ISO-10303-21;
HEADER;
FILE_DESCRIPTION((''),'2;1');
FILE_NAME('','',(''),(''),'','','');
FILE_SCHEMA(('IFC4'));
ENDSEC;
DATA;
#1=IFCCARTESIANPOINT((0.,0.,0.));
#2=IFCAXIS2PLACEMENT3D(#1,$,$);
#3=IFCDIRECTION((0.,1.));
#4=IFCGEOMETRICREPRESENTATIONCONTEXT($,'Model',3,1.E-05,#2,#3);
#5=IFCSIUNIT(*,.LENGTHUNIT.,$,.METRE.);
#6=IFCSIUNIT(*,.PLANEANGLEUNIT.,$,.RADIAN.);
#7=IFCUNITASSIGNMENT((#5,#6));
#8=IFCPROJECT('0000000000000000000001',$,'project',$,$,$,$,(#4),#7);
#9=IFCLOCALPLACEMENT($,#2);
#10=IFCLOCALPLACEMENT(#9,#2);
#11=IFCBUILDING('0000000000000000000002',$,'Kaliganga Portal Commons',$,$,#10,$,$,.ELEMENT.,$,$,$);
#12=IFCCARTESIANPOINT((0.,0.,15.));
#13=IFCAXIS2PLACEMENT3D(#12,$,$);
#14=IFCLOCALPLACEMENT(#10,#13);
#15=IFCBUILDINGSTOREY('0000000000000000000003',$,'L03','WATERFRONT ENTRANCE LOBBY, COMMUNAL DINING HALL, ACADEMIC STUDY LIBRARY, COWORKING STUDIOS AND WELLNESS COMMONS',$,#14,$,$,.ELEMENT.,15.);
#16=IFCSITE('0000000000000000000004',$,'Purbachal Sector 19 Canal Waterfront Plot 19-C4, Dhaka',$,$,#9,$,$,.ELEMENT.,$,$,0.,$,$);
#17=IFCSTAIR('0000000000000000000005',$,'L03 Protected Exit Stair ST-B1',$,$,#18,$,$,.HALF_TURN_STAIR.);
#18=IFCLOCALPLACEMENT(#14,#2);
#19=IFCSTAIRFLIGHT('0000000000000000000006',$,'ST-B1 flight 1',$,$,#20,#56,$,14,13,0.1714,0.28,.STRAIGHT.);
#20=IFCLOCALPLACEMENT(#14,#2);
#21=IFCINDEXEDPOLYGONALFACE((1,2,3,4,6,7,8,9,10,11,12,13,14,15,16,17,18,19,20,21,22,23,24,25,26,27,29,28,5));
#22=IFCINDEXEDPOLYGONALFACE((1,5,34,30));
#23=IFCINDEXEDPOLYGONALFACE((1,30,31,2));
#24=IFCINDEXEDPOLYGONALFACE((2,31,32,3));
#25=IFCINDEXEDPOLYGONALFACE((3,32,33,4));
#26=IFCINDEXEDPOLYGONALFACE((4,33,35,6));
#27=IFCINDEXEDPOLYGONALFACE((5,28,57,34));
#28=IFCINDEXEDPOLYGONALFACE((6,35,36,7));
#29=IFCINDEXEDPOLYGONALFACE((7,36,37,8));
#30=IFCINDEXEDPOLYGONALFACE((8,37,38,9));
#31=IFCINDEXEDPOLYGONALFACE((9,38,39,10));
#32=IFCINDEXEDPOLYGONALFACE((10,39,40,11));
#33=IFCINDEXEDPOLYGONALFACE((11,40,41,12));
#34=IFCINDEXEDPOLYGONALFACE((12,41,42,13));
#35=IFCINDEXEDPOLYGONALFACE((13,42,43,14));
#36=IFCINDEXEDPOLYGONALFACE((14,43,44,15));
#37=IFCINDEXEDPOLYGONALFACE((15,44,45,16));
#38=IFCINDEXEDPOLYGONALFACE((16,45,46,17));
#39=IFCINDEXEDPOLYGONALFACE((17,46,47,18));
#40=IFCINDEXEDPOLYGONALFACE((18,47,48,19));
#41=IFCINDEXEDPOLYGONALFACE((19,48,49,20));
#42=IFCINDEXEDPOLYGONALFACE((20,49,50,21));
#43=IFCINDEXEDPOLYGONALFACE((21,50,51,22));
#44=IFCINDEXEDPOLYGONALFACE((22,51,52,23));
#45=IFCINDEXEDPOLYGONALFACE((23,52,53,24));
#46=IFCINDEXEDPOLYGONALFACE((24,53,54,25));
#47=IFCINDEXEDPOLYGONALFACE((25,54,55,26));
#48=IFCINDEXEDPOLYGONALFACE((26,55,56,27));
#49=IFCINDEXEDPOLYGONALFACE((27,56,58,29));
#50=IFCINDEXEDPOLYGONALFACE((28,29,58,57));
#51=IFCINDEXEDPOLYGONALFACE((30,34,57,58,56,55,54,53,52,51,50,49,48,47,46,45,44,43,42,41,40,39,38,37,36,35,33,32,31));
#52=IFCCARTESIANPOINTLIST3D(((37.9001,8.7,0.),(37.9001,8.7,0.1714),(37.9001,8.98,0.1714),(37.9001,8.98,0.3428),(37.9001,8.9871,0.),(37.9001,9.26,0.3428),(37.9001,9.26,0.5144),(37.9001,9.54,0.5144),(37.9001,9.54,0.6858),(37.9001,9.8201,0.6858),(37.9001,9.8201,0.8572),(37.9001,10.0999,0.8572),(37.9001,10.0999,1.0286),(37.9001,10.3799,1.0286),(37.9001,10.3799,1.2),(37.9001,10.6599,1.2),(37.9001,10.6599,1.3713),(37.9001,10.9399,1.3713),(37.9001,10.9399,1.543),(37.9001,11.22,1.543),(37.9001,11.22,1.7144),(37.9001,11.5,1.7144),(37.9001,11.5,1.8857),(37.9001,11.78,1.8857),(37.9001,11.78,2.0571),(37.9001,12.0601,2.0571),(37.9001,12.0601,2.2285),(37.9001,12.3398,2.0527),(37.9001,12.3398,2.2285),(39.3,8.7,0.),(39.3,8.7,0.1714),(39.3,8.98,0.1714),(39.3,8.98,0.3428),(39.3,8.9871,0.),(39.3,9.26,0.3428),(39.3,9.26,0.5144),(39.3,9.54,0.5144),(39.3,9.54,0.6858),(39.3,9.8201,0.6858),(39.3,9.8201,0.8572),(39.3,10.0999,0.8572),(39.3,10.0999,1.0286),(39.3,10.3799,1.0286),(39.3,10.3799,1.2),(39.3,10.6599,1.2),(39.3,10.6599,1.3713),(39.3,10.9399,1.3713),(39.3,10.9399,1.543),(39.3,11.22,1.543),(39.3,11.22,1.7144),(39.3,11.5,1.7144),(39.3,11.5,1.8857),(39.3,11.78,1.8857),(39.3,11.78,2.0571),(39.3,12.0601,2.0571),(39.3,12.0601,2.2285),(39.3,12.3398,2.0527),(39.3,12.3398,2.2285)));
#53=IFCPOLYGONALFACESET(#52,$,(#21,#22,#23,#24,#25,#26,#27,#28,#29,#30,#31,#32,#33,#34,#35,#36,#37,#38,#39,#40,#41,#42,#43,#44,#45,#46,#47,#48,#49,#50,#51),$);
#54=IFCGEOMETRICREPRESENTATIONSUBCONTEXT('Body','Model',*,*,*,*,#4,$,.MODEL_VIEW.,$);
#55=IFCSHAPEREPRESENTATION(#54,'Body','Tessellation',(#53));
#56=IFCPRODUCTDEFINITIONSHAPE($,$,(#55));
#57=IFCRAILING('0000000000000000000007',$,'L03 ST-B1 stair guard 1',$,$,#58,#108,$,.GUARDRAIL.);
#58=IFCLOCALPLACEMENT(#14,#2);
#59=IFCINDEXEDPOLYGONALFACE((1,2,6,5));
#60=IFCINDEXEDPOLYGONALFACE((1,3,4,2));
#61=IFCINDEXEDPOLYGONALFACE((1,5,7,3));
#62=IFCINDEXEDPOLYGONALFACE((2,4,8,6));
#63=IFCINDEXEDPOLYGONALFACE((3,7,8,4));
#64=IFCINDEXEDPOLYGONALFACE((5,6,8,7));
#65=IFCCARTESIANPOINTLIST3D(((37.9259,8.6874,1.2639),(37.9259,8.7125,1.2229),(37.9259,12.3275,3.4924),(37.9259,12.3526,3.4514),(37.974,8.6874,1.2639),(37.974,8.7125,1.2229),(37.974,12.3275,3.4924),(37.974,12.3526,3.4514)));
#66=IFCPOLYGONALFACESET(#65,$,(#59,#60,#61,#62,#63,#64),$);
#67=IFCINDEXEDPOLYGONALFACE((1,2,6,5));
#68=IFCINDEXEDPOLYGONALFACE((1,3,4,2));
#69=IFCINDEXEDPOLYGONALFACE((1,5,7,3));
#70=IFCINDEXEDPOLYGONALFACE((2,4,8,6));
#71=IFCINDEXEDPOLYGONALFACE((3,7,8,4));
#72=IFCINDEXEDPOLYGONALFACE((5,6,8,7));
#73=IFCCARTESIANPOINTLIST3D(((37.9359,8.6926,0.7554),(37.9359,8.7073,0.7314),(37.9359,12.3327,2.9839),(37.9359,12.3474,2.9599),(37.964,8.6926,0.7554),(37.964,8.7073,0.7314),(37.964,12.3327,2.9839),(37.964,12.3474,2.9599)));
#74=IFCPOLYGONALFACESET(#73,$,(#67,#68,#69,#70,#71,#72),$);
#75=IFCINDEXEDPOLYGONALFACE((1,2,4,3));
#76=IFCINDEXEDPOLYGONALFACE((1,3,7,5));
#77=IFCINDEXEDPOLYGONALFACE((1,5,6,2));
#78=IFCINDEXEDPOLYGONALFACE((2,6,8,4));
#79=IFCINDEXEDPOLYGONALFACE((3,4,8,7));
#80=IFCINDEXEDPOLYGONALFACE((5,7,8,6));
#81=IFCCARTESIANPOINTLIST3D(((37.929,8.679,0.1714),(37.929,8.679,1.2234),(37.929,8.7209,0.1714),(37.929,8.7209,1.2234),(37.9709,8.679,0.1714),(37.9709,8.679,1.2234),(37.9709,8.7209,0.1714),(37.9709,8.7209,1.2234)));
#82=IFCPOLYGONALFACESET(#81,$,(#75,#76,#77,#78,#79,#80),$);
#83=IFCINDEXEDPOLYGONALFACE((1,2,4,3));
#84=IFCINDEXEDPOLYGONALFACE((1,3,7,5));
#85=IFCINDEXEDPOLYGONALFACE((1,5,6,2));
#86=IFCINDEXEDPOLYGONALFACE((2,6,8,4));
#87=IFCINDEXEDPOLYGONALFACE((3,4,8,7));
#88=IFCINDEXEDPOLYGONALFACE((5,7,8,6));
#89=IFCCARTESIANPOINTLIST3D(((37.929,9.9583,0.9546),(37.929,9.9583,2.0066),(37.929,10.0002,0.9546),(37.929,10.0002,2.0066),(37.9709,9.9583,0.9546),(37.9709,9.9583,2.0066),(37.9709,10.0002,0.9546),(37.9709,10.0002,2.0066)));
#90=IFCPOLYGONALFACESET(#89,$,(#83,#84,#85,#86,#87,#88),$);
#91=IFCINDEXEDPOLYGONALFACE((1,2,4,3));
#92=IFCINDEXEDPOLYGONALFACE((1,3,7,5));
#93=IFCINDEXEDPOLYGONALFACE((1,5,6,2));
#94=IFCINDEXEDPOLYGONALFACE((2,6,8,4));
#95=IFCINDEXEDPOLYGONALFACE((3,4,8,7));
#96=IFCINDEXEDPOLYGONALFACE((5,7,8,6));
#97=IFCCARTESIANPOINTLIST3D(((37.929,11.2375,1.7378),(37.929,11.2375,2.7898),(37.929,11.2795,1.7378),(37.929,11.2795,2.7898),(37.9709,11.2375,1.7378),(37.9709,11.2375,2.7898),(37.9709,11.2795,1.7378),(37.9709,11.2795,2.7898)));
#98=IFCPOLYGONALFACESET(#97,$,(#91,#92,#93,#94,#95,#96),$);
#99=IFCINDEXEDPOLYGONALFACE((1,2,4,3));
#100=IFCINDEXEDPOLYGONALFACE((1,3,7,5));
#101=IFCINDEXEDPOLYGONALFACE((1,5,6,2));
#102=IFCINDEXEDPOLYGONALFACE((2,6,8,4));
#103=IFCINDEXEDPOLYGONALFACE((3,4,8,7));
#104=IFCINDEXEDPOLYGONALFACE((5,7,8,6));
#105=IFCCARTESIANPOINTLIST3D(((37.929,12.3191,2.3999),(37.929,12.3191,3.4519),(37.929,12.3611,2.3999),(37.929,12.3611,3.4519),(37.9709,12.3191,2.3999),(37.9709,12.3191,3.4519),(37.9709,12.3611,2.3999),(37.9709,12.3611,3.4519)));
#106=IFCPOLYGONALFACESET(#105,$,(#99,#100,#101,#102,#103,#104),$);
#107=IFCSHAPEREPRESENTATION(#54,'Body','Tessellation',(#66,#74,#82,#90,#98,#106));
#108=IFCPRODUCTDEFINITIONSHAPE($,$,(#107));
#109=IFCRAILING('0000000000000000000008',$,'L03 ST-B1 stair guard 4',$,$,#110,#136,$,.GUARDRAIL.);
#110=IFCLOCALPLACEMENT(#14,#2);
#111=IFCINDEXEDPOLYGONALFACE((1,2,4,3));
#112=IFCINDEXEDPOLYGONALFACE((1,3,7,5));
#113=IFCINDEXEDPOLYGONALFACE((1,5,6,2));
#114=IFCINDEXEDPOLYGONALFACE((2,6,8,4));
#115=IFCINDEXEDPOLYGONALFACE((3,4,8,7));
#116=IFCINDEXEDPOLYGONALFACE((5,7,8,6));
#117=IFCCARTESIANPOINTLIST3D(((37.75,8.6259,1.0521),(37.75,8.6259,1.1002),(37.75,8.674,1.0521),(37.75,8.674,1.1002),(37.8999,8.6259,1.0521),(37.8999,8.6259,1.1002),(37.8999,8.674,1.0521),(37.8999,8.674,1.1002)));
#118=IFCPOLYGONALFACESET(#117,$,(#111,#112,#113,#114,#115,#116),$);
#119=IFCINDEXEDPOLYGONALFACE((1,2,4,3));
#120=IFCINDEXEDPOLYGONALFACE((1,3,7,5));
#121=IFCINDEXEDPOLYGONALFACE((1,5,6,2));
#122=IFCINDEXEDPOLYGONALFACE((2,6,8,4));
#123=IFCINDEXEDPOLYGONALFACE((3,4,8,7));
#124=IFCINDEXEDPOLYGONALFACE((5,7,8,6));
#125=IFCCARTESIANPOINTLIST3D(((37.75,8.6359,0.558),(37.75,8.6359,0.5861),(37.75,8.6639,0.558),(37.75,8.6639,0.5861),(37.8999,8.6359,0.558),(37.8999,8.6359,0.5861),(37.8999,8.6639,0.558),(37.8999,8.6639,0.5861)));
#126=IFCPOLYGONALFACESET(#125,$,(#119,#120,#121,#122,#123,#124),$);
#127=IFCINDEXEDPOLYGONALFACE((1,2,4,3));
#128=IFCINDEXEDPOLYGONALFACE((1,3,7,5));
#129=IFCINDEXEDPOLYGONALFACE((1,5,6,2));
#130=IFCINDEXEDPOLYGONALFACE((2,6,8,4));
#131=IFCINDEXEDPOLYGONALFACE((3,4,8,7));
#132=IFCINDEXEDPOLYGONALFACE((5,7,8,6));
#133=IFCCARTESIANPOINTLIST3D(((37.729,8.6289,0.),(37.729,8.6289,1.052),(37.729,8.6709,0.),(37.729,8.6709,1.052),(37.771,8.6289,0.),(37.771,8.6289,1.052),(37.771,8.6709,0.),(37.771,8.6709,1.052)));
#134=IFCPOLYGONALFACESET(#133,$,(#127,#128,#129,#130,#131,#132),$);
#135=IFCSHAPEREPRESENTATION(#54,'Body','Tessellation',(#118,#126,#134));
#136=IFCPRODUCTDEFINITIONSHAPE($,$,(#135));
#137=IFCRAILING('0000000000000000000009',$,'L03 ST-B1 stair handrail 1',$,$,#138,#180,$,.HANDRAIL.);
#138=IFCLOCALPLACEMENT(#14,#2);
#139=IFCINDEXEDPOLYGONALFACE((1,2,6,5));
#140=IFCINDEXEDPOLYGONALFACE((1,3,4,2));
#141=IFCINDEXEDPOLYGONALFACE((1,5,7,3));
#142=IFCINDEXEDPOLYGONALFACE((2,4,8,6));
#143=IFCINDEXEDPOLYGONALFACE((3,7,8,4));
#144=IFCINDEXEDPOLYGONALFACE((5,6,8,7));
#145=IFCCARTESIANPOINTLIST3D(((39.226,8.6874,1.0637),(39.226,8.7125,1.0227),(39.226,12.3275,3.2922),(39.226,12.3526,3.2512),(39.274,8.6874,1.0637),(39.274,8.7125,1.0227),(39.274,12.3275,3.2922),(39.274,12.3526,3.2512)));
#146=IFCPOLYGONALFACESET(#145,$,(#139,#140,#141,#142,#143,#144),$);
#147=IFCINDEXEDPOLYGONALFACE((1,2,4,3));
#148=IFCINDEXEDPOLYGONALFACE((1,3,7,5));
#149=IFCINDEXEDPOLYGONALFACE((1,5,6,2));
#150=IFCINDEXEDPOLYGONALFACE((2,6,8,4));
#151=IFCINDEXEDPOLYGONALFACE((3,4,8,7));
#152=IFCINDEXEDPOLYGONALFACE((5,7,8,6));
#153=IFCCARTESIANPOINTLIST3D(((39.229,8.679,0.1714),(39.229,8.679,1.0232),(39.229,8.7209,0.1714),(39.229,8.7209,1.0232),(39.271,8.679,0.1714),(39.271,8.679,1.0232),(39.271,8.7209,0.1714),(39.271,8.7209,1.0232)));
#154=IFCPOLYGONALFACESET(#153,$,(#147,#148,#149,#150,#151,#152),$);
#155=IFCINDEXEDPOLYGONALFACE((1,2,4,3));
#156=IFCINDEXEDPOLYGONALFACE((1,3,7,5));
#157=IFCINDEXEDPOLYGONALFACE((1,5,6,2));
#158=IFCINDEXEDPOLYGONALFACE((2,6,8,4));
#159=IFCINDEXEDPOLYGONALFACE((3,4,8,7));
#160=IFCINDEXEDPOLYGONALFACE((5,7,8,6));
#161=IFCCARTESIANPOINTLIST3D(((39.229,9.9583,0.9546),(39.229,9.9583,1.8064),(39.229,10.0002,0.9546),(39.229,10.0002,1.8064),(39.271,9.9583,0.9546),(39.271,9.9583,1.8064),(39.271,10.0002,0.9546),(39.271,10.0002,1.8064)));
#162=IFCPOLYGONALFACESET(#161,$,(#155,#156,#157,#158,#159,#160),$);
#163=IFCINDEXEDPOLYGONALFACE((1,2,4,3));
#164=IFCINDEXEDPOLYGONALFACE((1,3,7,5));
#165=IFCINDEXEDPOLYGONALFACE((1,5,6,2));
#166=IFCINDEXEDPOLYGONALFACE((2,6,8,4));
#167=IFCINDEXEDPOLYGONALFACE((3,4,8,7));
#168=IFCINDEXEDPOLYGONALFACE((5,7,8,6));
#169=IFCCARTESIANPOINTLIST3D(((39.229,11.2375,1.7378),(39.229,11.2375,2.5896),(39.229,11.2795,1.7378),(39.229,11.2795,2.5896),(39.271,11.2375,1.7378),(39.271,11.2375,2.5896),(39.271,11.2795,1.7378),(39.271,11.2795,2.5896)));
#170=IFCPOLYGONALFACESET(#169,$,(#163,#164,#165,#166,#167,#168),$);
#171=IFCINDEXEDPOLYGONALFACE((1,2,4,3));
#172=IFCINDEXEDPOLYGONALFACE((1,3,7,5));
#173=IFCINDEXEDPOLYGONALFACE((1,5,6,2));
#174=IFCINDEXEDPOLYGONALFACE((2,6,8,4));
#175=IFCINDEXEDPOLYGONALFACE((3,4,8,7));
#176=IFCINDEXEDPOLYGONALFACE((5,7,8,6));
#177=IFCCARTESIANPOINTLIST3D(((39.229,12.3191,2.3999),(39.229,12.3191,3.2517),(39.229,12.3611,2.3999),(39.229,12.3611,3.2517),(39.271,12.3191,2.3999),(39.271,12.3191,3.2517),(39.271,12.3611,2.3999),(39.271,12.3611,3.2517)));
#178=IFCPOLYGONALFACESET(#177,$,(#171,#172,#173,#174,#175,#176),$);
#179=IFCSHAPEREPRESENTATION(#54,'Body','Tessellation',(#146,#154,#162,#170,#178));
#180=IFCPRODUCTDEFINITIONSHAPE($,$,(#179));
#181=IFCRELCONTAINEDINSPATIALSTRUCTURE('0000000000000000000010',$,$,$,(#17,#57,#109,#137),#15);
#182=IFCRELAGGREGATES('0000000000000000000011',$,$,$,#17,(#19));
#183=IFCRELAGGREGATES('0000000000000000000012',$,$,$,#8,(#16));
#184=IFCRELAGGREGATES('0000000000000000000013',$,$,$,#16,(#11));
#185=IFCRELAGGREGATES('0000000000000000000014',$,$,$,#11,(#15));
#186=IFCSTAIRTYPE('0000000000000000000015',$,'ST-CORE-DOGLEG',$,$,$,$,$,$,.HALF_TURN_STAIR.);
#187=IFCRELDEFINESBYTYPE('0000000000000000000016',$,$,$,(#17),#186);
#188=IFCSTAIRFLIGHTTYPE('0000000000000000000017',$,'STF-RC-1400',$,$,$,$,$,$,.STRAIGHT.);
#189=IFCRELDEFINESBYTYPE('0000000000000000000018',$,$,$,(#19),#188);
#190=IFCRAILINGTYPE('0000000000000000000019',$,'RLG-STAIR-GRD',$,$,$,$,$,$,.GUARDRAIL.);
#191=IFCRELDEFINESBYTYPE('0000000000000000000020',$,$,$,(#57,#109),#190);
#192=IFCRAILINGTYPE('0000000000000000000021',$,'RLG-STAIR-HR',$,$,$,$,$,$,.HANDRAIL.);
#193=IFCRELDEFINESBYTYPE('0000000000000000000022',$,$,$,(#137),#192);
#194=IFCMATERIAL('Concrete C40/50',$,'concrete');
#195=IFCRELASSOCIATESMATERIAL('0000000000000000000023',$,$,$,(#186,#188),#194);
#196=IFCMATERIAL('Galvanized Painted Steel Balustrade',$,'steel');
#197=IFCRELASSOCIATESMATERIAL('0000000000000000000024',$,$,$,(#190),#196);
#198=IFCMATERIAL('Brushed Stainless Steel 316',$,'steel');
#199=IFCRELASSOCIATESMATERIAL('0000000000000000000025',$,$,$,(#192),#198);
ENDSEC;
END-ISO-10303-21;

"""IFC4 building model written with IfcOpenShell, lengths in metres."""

from ifc_helpers import new_model, si_unit, direction, frame, origin, origin_2d, place, context, subcontext, project, spatial, polyline, rectangle, outline, extrude, material, type_object, element, aggregate, save


model = new_model("IFC4")

# Units and contexts
model_context = context("Model", 3, precision=1e-05, world=origin(), true_north=direction((0.0, 1.0)))
body_context = subcontext(model_context, "Body", "Model", "MODEL_VIEW")
ifc_project = project(units=[si_unit("LENGTHUNIT", "METRE"), si_unit("PLANEANGLEUNIT", "RADIAN")], contexts=[model_context])

# Site, building, storey
site_placement = place(None, origin())
site = spatial("IfcSite", under=ifc_project, at=site_placement, Name="Purbachal Sector 19 Canal Waterfront Plot 19-C4, Dhaka", CompositionType="ELEMENT", RefElevation=0.0)
building_placement = place(site_placement, origin())
building = spatial("IfcBuilding", under=site, at=building_placement, Name="Kaliganga Portal Commons", CompositionType="ELEMENT")
storey_placement = place(building_placement, frame((0.0, 0.0, 15.0)))
storey = spatial("IfcBuildingStorey", under=building, at=storey_placement, Name="L03", Description="WATERFRONT ENTRANCE LOBBY, COMMUNAL DINING HALL, ACADEMIC STUDY LIBRARY, COWORKING STUDIOS AND WELLNESS COMMONS", CompositionType="ELEMENT", Elevation=15.0)

# Stair, stair flight
ifc_material_1 = material(Name="Concrete C40/50", Category="concrete")
stair_type = type_object("IfcStairType", Name="ST-CORE-DOGLEG", PredefinedType="HALF_TURN_STAIR", material=ifc_material_1)
stair_placement = place(storey_placement, origin())
stair = element("IfcStair", 1, at=stair_placement, inside=storey, type_object=stair_type, Name="L03 Protected Exit Stair ST-B1", PredefinedType="HALF_TURN_STAIR")
stair_flight_type = type_object("IfcStairFlightType", Name="STF-RC-1400", PredefinedType="STRAIGHT", material=ifc_material_1)
stair_flight_placement = place(storey_placement, frame((38.6001, 8.7, 0.0), z_axis=(0.0, 0.0, 1.0), x_axis=(0.0, 1.0, 0.0)))
stair_flight = element("IfcStairFlight", 2, at=stair_flight_placement, type_object=stair_flight_type, Name="ST-B1 flight 1", NumberOfRisers=14, NumberOfTreads=13, PredefinedType="STRAIGHT", RiserHeight=0.1714, TreadLength=0.28, context=body_context, shape_type="SweptSolid", body=[
    extrude(outline(polyline([(0.0, 0.0), (0.0, 0.1714), (0.28, 0.1714), (0.28, 0.3428), (0.5601, 0.3428), (0.5601, 0.5144), (0.8401, 0.5144), (0.8401, 0.6858), (1.1201, 0.6858), (1.1201, 0.8572), (1.3999, 0.8572), (1.3999, 1.0286), (1.6799, 1.0286), (1.6799, 1.2), (1.96, 1.2), (1.96, 1.3713), (2.24, 1.3713), (2.24, 1.543), (2.52, 1.543), (2.52, 1.7144), (2.8, 1.7144), (2.8, 1.8857), (3.0801, 1.8857), (3.0801, 2.0571), (3.3601, 2.0571), (3.3601, 2.2285), (3.6399, 2.2285), (3.6399, 2.3999), (3.6399, 2.0527), (0.2871, 0.0), (0.0, 0.0)])), frame((0.0, 0.7, 0.0), z_axis=(0.0, -1.0, 0.0), x_axis=(1.0, 0.0, 0.0)), (0.0, 0.0, 1.0), 1.3999),
])
aggregate(stair, [stair_flight])

# Railings
ifc_material_2 = material(Name="Galvanized Painted Steel Balustrade", Category="steel")
railing_type_1 = type_object("IfcRailingType", Name="RLG-STAIR-GRD", PredefinedType="GUARDRAIL", material=ifc_material_2)
railing_1_placement = place(storey_placement, frame((37.95, 8.7, 0.1714)))
element("IfcRailing", 3, at=railing_1_placement, inside=storey, type_object=railing_type_1, Name="L03 ST-B1 stair guard 1", PredefinedType="GUARDRAIL", context=body_context, shape_type="SweptSolid", body=[
    extrude(rectangle(XDim=0.0481, YDim=0.0481, at=origin_2d()), frame((0.0, 0.0, 1.072), z_axis=(0.0, 0.852866, 0.52213), x_axis=(-1.0, 0.0, 0.0)), (0.0, 0.0, 1.0), 4.2681),
    extrude(rectangle(XDim=0.0281, YDim=0.0281, at=origin_2d()), frame((0.0, 0.0, 0.572), z_axis=(0.0, 0.852866, 0.52213), x_axis=(-1.0, 0.0, 0.0)), (0.0, 0.0, 1.0), 4.2681),
    extrude(rectangle(XDim=0.042, YDim=0.042, at=origin_2d()), origin(), (0.0, 0.0, 1.0), 1.052),
    extrude(rectangle(XDim=0.042, YDim=0.042, at=origin_2d()), frame((0.0, 1.2793, 0.7832)), (0.0, 0.0, 1.0), 1.052),
    extrude(rectangle(XDim=0.042, YDim=0.042, at=origin_2d()), frame((0.0, 2.5586, 1.5664)), (0.0, 0.0, 1.0), 1.052),
    extrude(rectangle(XDim=0.042, YDim=0.042, at=origin_2d()), frame((0.0, 3.6401, 2.2285)), (0.0, 0.0, 1.0), 1.052),
])
railing_2_placement = place(storey_placement, frame((37.8999, 8.6499, 0.0)))
element("IfcRailing", 4, at=railing_2_placement, inside=storey, type_object=railing_type_1, Name="L03 ST-B1 stair guard 4", PredefinedType="GUARDRAIL", context=body_context, shape_type="SweptSolid", body=[
    extrude(rectangle(XDim=0.0481, YDim=0.0481, at=origin_2d()), frame((0.0, 0.0, 1.0762), z_axis=(-1.0, 0.0, 0.0), x_axis=(0.0, -1.0, 0.0)), (0.0, 0.0, 1.0), 0.1499),
    extrude(rectangle(XDim=0.0281, YDim=0.0281, at=origin_2d()), frame((0.0, 0.0, 0.572), z_axis=(-1.0, 0.0, 0.0), x_axis=(0.0, -1.0, 0.0)), (0.0, 0.0, 1.0), 0.1499),
    extrude(rectangle(XDim=0.042, YDim=0.042, at=origin_2d()), frame((-0.1499, 0.0, 0.0)), (0.0, 0.0, 1.0), 1.052),
])
ifc_material_3 = material(Name="Brushed Stainless Steel 316", Category="steel")
railing_type_2 = type_object("IfcRailingType", Name="RLG-STAIR-HR", PredefinedType="HANDRAIL", material=ifc_material_3)
railing_3_placement = place(storey_placement, frame((39.25, 8.7, 0.1714)))
element("IfcRailing", 5, at=railing_3_placement, inside=storey, type_object=railing_type_2, Name="L03 ST-B1 stair handrail 1", PredefinedType="HANDRAIL", context=body_context, shape_type="SweptSolid", body=[
    extrude(rectangle(XDim=0.0481, YDim=0.0481, at=origin_2d()), frame((0.0, 0.0, 0.8718), z_axis=(0.0, 0.852866, 0.52213), x_axis=(-1.0, 0.0, 0.0)), (0.0, 0.0, 1.0), 4.2681),
    extrude(rectangle(XDim=0.042, YDim=0.042, at=origin_2d()), origin(), (0.0, 0.0, 1.0), 0.8518),
    extrude(rectangle(XDim=0.042, YDim=0.042, at=origin_2d()), frame((0.0, 1.2793, 0.7832)), (0.0, 0.0, 1.0), 0.8518),
    extrude(rectangle(XDim=0.042, YDim=0.042, at=origin_2d()), frame((0.0, 2.5586, 1.5664)), (0.0, 0.0, 1.0), 0.8518),
    extrude(rectangle(XDim=0.042, YDim=0.042, at=origin_2d()), frame((0.0, 3.6401, 2.2285)), (0.0, 0.0, 1.0), 0.8518),
])

save(model, "model.ifc")
